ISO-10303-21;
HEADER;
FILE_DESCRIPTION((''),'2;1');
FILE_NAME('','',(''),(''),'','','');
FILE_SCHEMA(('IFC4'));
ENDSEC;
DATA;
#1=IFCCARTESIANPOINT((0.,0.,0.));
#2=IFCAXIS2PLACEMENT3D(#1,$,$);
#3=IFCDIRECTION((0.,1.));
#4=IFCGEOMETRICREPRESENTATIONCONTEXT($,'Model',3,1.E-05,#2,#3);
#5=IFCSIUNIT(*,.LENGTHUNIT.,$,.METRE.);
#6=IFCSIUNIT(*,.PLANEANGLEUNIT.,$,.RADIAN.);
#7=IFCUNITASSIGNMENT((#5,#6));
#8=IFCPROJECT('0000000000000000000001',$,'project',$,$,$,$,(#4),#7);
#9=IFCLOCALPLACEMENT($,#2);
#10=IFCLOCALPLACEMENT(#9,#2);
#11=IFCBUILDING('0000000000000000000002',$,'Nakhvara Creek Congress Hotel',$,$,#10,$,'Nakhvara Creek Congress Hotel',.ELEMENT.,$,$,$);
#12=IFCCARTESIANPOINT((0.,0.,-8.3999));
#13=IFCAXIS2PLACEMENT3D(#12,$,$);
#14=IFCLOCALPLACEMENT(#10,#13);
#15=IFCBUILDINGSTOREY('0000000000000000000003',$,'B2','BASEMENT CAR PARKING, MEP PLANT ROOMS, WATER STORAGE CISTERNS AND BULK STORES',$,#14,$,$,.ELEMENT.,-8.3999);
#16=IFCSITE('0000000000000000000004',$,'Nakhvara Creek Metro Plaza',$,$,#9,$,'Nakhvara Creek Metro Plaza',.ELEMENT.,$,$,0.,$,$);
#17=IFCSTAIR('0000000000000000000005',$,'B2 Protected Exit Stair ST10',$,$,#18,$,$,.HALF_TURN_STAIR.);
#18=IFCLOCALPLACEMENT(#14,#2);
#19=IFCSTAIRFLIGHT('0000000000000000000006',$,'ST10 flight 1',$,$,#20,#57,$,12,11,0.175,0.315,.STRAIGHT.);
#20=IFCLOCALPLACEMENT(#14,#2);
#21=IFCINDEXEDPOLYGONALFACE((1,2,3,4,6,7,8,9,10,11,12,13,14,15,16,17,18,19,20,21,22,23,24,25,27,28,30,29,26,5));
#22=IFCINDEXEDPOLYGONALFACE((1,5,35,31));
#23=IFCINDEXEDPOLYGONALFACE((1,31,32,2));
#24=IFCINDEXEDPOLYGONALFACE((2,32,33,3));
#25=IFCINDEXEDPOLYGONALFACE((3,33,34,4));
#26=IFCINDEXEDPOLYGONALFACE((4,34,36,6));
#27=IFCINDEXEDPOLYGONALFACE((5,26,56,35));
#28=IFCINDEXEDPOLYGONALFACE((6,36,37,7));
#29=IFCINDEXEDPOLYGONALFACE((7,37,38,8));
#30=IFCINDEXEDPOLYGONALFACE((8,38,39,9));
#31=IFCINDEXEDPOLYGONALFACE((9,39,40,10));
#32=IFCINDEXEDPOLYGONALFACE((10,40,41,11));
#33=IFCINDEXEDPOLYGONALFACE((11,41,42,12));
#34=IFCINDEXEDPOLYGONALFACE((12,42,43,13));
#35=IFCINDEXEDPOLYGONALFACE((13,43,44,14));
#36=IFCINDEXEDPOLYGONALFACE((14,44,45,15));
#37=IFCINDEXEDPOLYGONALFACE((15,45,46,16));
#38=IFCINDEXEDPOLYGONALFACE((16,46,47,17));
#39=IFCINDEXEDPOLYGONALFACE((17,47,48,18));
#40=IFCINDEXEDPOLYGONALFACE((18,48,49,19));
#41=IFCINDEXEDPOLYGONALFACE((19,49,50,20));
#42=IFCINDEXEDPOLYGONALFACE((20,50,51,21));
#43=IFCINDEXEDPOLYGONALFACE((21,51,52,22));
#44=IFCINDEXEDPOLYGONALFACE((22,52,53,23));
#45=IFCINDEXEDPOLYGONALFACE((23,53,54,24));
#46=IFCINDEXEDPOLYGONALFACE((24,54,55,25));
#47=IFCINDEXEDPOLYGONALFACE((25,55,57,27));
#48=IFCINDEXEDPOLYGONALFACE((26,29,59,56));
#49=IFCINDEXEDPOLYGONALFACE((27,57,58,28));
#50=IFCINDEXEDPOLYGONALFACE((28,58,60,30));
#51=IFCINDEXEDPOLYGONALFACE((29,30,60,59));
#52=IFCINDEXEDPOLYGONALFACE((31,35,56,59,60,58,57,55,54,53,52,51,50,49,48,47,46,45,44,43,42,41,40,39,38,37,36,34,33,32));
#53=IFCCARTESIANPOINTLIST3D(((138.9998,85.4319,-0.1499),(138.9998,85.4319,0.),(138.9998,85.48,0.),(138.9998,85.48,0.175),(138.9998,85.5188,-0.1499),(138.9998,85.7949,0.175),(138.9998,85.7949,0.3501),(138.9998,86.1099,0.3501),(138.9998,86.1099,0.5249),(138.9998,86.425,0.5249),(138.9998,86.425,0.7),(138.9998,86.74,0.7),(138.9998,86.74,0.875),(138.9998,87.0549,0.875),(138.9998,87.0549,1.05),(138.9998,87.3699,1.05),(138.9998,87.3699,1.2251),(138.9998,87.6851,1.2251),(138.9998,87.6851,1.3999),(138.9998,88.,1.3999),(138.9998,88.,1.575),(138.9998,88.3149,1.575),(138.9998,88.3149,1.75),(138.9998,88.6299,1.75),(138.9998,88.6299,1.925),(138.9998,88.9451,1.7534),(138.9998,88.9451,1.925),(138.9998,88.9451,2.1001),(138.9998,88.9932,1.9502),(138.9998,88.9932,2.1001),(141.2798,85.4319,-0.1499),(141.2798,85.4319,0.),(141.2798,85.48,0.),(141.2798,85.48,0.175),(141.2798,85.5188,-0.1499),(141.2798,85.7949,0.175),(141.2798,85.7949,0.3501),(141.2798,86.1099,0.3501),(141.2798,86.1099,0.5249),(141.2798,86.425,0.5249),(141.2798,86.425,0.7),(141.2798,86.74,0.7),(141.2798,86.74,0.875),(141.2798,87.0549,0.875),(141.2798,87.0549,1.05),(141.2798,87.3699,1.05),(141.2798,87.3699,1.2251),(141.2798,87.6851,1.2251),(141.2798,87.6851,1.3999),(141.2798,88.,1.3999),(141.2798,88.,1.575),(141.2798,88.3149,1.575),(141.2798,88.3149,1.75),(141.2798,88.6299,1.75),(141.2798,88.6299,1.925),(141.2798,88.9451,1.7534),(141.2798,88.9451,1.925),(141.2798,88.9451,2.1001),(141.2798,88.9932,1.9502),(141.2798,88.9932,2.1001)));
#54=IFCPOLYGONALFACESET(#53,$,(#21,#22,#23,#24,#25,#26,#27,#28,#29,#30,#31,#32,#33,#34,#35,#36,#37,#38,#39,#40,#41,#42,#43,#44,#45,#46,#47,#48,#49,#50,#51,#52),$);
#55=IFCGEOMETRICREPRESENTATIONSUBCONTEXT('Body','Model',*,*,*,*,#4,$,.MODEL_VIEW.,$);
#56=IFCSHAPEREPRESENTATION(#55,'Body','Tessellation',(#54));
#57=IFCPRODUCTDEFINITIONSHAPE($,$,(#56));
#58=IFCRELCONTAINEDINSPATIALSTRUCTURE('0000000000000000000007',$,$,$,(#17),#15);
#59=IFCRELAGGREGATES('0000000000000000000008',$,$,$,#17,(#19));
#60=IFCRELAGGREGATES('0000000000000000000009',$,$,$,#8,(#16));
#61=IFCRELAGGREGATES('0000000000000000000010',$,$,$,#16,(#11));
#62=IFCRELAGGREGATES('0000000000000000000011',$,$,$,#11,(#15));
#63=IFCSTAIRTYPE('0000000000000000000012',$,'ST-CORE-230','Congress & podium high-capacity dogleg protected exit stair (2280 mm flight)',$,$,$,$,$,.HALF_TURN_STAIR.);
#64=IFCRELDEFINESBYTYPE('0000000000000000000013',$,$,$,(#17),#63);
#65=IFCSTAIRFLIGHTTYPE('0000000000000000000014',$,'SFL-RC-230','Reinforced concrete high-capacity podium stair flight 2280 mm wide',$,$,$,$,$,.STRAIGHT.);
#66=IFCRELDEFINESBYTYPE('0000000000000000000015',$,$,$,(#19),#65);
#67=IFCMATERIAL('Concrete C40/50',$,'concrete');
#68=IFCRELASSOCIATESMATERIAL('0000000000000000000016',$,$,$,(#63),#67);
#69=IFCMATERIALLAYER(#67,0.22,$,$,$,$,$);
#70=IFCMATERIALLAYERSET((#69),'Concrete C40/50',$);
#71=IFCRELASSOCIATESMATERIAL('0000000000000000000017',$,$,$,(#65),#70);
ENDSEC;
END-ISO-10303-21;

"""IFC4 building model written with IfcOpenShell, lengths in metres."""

from ifc_helpers import new_model, si_unit, direction, frame, origin, place, context, subcontext, project, spatial, polyline, outline, extrude, material, layer, layer_set, type_object, element, aggregate, save


model = new_model("IFC4")

# Units and contexts
model_context = context("Model", 3, precision=1e-05, world=origin(), true_north=direction((0.0, 1.0)))
body_context = subcontext(model_context, "Body", "Model", "MODEL_VIEW")
ifc_project = project(units=[si_unit("LENGTHUNIT", "METRE"), si_unit("PLANEANGLEUNIT", "RADIAN")], contexts=[model_context])

# Site, building, storey
site_placement = place(None, origin())
site = spatial("IfcSite", under=ifc_project, at=site_placement, Name="Nakhvara Creek Metro Plaza", LongName="Nakhvara Creek Metro Plaza", CompositionType="ELEMENT", RefElevation=0.0)
building_placement = place(site_placement, origin())
building = spatial("IfcBuilding", under=site, at=building_placement, Name="Nakhvara Creek Congress Hotel", LongName="Nakhvara Creek Congress Hotel", CompositionType="ELEMENT")
storey_placement = place(building_placement, frame((0.0, 0.0, -8.3999)))
storey = spatial("IfcBuildingStorey", under=building, at=storey_placement, Name="B2", Description="BASEMENT CAR PARKING, MEP PLANT ROOMS, WATER STORAGE CISTERNS AND BULK STORES", CompositionType="ELEMENT", Elevation=-8.3999)

# Shared definitions
ifc_material_1 = material(Name="Concrete C40/50", Category="concrete")

# Stair, stair flight
stair_type = type_object("IfcStairType", Name="ST-CORE-230", Description="Congress & podium high-capacity dogleg protected exit stair (2280 mm flight)", PredefinedType="HALF_TURN_STAIR", material=ifc_material_1)
stair_placement = place(storey_placement, origin())
stair = element("IfcStair", 1, at=stair_placement, inside=storey, type_object=stair_type, Name="B2 Protected Exit Stair ST10", PredefinedType="HALF_TURN_STAIR")
ifc_layer_1 = layer(ifc_material_1, 0.22)
ifc_layer_set_1 = layer_set([ifc_layer_1], Name="Concrete C40/50")
stair_flight_type = type_object("IfcStairFlightType", Name="SFL-RC-230", Description="Reinforced concrete high-capacity podium stair flight 2280 mm wide", PredefinedType="STRAIGHT", material=ifc_layer_set_1)
stair_flight_placement = place(storey_placement, frame((140.1399, 85.48, 0.0), z_axis=(0.0, 0.0, 1.0), x_axis=(0.0, 1.0, 0.0)))
stair_flight = element("IfcStairFlight", 2, at=stair_flight_placement, type_object=stair_flight_type, Name="ST10 flight 1", NumberOfRisers=12, NumberOfTreads=11, PredefinedType="STRAIGHT", RiserHeight=0.175, TreadLength=0.315, context=body_context, shape_type="SweptSolid", body=[
    extrude(outline(polyline([(-0.0481, 0.0), (0.0, 0.0), (0.0, 0.175), (0.3149, 0.175), (0.3149, 0.3501), (0.6299, 0.3501), (0.6299, 0.5249), (0.9451, 0.5249), (0.9451, 0.7), (1.26, 0.7), (1.26, 0.875), (1.575, 0.875), (1.575, 1.05), (1.8899, 1.05), (1.8899, 1.2251), (2.2051, 1.2251), (2.2051, 1.3999), (2.52, 1.3999), (2.52, 1.575), (2.835, 1.575), (2.835, 1.75), (3.1499, 1.75), (3.1499, 1.925), (3.4651, 1.925), (3.4651, 2.1001), (3.5132, 2.1001), (3.5132, 1.9502), (3.4651, 1.7534), (0.0388, -0.1499), (-0.0481, -0.1499), (-0.0481, 0.0)])), frame((0.0, 1.1401, 0.0), z_axis=(0.0, -1.0, 0.0), x_axis=(1.0, 0.0, 0.0)), (0.0, 0.0, 1.0), 2.28),
])
aggregate(stair, [stair_flight])

save(model, "model.ifc")
